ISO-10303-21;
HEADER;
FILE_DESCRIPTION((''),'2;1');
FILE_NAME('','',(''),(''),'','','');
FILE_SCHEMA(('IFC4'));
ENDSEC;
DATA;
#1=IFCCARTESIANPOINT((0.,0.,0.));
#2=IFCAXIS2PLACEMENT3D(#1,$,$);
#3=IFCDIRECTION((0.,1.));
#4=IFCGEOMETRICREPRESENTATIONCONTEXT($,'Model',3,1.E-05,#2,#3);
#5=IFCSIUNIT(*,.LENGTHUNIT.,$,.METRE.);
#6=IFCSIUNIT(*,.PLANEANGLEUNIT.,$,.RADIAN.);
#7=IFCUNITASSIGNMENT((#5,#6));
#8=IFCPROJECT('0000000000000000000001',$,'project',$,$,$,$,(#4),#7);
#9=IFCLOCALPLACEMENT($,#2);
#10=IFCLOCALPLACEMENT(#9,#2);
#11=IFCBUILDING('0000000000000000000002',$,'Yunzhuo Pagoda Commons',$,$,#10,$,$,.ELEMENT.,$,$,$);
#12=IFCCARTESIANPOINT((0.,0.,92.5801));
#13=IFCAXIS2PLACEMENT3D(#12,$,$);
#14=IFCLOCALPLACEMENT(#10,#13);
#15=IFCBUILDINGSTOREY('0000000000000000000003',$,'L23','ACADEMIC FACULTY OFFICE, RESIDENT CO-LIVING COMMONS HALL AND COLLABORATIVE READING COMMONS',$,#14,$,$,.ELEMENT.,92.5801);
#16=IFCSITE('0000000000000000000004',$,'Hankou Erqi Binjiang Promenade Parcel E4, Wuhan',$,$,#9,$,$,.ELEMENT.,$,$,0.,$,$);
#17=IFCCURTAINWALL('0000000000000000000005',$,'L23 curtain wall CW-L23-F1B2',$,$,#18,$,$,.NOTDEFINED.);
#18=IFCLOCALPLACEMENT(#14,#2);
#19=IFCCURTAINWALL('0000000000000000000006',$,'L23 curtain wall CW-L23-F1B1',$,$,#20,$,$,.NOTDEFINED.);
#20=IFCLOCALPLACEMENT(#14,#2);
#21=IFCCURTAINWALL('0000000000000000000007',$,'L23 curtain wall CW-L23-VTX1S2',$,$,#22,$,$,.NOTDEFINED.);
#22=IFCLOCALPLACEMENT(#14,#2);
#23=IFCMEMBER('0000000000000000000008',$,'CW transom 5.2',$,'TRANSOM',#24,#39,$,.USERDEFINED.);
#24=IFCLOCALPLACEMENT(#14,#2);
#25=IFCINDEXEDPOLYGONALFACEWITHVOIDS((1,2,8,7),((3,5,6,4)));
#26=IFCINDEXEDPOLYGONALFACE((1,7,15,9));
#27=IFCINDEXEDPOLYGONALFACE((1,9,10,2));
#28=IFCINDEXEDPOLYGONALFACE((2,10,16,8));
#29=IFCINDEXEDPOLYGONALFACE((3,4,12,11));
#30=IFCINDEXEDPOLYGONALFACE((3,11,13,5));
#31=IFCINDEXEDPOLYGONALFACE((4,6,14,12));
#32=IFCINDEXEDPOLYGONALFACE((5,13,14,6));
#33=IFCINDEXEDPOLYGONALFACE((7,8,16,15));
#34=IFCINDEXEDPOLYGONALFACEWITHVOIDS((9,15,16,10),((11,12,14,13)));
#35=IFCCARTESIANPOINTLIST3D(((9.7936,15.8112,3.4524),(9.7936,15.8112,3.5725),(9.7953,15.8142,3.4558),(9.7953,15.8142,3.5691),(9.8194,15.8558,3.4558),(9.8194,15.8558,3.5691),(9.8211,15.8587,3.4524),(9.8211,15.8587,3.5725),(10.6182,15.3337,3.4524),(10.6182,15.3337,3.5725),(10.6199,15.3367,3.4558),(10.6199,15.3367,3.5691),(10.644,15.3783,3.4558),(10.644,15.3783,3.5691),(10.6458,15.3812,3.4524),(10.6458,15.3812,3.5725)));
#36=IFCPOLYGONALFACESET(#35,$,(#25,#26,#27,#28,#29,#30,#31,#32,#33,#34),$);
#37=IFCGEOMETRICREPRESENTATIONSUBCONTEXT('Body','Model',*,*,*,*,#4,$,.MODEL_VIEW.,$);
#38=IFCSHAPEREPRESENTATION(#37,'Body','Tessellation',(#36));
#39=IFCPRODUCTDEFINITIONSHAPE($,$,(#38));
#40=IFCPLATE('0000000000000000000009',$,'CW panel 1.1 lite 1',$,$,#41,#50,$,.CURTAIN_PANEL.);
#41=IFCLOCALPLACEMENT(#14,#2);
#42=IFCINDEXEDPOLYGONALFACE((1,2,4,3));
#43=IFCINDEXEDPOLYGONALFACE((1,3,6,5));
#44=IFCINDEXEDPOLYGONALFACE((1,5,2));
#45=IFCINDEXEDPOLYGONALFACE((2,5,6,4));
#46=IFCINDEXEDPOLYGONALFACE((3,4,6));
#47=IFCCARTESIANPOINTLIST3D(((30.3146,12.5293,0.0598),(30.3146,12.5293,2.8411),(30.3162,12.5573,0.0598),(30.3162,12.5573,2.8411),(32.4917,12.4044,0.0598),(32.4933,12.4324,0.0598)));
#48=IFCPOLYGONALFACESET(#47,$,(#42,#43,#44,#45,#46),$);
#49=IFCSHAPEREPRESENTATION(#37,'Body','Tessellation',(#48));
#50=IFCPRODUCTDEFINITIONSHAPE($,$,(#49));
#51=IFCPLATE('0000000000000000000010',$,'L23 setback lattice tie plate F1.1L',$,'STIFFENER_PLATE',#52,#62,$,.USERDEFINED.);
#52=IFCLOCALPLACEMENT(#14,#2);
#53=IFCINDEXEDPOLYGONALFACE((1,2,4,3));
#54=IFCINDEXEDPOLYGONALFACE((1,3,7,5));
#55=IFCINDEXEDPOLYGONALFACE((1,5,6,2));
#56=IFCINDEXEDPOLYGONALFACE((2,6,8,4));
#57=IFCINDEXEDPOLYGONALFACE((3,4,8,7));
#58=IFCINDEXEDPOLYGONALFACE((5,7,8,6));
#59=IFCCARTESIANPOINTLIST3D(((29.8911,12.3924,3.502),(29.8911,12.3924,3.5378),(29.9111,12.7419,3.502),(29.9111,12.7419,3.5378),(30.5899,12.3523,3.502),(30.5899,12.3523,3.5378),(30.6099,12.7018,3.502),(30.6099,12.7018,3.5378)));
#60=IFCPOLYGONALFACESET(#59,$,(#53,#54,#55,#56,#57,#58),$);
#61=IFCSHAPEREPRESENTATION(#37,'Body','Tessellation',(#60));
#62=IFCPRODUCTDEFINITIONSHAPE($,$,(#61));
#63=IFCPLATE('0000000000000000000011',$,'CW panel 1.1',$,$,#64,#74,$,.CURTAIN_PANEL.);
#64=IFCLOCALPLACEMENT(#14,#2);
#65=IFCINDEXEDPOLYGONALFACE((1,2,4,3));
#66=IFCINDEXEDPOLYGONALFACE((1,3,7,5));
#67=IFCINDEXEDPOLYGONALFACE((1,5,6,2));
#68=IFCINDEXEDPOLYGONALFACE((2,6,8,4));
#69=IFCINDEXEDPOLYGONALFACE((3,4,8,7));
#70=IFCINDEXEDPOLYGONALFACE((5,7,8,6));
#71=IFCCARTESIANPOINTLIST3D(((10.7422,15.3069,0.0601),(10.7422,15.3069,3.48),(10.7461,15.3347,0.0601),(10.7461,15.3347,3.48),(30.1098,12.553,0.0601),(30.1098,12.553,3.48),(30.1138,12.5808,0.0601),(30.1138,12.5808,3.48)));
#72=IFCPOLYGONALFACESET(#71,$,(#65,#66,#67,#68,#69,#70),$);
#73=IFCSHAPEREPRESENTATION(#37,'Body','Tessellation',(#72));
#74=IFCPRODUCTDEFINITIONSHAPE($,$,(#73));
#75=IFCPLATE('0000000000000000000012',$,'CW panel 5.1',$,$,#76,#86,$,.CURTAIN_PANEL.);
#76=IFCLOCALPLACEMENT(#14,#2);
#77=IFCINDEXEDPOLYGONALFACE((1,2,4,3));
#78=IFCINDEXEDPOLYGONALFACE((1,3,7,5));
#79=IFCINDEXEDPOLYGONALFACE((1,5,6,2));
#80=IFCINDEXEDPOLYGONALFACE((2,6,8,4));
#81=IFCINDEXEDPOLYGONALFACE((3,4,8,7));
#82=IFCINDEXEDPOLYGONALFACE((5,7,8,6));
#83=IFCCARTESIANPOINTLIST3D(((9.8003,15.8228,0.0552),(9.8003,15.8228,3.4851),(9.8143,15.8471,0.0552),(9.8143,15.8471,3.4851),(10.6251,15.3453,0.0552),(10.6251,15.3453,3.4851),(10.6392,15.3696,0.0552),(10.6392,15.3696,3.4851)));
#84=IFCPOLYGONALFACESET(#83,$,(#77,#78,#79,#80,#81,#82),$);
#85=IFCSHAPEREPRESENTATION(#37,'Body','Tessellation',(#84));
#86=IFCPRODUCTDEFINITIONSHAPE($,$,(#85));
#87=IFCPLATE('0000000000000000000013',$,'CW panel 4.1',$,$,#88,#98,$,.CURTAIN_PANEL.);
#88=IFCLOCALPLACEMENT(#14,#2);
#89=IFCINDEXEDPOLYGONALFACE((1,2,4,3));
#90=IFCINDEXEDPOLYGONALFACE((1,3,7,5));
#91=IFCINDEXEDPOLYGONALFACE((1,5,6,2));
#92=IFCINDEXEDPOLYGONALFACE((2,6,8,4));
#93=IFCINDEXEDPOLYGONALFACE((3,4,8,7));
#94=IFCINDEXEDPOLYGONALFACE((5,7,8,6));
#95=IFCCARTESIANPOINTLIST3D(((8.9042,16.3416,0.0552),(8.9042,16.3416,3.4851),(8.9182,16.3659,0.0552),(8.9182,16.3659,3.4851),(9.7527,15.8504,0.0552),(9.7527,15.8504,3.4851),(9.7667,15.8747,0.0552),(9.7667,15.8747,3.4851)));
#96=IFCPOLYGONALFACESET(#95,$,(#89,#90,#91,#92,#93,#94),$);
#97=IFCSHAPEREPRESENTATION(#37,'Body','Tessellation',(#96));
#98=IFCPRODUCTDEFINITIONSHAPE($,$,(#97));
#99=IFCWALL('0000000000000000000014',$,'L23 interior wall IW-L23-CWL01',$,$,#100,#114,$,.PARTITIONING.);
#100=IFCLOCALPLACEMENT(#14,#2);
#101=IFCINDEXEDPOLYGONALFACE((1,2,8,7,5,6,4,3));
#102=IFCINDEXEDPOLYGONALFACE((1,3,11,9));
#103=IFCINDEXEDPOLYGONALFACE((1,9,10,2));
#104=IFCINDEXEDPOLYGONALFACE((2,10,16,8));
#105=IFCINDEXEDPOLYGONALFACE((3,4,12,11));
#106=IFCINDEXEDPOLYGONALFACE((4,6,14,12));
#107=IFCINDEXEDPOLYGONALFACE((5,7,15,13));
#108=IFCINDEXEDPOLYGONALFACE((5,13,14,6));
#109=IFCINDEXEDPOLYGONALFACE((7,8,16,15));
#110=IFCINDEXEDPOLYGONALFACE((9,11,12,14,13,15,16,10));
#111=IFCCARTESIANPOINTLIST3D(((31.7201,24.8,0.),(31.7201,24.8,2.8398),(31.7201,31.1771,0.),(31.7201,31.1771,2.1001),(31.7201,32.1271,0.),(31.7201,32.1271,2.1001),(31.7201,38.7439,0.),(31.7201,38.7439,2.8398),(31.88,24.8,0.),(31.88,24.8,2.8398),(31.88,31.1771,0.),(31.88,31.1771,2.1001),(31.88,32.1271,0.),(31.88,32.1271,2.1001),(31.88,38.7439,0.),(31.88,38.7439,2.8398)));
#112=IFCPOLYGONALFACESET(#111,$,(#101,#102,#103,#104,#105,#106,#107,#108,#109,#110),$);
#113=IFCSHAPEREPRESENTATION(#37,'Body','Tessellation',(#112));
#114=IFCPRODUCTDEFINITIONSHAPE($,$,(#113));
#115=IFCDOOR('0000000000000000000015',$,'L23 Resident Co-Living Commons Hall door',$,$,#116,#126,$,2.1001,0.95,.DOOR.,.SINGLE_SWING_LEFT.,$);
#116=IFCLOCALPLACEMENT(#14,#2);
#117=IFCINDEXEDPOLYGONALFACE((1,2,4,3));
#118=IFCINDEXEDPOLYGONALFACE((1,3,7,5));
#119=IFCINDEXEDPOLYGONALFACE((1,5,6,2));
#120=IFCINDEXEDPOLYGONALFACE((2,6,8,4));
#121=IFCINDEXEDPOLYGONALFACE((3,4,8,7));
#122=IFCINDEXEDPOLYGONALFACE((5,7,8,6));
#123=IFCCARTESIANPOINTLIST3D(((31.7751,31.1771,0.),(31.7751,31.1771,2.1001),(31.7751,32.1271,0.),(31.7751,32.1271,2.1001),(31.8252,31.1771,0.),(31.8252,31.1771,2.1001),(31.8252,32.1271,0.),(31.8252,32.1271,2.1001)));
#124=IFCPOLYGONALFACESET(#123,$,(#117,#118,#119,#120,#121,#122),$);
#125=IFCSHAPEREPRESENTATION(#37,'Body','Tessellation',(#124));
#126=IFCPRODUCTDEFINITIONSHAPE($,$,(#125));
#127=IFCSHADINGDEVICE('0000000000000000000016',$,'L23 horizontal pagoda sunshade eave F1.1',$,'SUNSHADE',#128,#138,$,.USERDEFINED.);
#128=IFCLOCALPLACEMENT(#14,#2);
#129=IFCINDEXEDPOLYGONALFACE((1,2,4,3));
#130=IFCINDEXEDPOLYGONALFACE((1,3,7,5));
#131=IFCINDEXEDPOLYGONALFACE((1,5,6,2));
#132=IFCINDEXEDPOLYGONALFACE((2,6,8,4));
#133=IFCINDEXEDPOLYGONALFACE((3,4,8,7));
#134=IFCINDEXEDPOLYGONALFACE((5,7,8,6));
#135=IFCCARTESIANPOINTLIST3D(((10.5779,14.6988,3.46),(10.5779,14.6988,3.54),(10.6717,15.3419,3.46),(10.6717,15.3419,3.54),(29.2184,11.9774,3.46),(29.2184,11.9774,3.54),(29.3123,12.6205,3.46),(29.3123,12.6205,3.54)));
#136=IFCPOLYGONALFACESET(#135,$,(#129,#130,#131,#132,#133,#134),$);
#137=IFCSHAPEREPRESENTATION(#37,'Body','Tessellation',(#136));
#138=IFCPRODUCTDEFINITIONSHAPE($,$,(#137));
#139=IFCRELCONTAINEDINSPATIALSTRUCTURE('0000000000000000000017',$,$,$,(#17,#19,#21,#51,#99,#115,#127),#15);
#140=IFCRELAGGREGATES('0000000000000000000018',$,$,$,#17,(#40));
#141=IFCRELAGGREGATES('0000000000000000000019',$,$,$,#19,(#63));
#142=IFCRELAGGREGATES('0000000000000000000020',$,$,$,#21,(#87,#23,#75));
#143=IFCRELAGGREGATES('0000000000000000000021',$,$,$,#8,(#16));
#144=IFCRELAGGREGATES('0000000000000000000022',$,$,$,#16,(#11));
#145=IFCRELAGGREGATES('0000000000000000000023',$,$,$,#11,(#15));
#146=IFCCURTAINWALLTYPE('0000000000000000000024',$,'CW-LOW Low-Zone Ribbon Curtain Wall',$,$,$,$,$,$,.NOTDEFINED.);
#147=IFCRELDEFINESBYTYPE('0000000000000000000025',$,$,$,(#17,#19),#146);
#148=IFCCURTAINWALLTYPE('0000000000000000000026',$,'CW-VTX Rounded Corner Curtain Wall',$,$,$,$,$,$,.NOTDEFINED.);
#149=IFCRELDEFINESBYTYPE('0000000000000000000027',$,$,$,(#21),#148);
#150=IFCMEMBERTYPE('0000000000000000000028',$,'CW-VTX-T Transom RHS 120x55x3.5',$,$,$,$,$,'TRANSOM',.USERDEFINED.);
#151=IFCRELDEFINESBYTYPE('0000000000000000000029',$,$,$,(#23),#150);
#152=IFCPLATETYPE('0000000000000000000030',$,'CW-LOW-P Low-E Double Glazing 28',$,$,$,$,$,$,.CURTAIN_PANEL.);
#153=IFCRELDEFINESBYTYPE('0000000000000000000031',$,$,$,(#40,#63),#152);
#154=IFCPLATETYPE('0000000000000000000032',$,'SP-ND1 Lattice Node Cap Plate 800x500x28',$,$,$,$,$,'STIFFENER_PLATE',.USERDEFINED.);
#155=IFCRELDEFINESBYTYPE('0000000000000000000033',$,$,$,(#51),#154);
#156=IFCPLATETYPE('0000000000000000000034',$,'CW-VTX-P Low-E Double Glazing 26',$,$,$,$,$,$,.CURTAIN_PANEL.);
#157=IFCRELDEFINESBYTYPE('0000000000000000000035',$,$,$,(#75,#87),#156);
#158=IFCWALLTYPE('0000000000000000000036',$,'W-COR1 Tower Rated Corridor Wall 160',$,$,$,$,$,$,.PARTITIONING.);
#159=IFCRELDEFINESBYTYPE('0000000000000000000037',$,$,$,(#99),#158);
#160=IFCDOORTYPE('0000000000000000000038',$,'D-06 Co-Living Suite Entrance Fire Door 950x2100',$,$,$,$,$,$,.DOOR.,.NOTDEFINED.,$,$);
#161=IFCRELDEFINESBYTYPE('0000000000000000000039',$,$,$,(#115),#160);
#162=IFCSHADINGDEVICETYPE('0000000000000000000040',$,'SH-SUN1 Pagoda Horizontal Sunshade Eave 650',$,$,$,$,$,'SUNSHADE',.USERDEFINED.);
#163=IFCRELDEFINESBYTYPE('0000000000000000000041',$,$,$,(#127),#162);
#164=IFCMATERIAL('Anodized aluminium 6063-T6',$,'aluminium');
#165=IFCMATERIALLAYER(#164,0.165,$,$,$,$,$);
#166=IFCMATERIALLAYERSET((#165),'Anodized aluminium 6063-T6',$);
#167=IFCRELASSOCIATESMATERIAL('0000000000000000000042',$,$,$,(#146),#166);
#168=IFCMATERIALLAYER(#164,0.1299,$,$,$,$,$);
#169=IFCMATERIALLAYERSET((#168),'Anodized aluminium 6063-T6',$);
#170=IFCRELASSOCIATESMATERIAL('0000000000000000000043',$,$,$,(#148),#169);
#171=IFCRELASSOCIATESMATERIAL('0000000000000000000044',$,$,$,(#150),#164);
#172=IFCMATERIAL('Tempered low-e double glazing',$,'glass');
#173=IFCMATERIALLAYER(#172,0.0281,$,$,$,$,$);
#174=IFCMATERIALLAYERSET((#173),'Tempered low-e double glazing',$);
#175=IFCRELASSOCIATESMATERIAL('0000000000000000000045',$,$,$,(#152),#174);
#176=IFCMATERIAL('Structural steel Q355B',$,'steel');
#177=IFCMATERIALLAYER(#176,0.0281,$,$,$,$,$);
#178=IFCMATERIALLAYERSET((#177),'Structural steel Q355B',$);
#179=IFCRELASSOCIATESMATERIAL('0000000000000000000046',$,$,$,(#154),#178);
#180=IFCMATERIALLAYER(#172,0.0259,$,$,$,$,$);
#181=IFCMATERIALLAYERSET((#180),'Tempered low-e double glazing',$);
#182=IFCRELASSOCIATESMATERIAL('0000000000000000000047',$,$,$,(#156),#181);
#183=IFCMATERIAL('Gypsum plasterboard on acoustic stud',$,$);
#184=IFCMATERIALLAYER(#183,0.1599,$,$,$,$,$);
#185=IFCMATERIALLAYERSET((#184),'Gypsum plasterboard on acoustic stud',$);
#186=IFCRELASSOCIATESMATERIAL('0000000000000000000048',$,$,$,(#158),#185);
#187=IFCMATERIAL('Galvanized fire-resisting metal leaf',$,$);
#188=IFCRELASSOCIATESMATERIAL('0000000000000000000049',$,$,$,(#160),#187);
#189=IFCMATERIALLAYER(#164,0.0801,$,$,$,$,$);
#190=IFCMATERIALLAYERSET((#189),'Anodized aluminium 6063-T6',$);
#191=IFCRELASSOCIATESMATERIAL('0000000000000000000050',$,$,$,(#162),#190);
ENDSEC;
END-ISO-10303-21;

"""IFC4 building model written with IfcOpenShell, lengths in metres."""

from ifc_helpers import new_model, si_unit, direction, frame, frame_2d, origin, origin_with_axes, origin_2d, place, context, subcontext, project, spatial, polyline, rectangle, hollow_rectangle, outline, extrude, source, transform, mapped, material, layer, layer_set, material_profile, profile_set, type_object, element, fill, aggregate, save


model = new_model("IFC4")

# Units and contexts
model_context = context("Model", 3, precision=1e-05, world=origin(), true_north=direction((0.0, 1.0)))
body_context = subcontext(model_context, "Body", "Model", "MODEL_VIEW")
ifc_project = project(units=[si_unit("LENGTHUNIT", "METRE"), si_unit("PLANEANGLEUNIT", "RADIAN")], contexts=[model_context])

# Site, building, storey
site_placement = place(None, origin())
site = spatial("IfcSite", under=ifc_project, at=site_placement, Name="Hankou Erqi Binjiang Promenade Parcel E4, Wuhan", CompositionType="ELEMENT", RefElevation=0.0)
building_placement = place(site_placement, origin())
building = spatial("IfcBuilding", under=site, at=building_placement, Name="Yunzhuo Pagoda Commons", CompositionType="ELEMENT")
storey_placement = place(building_placement, frame((0.0, 0.0, 92.5801)))
storey = spatial("IfcBuildingStorey", under=building, at=storey_placement, Name="L23", Description="ACADEMIC FACULTY OFFICE, RESIDENT CO-LIVING COMMONS HALL AND COLLABORATIVE READING COMMONS", CompositionType="ELEMENT", Elevation=92.5801)

# Shared definitions
ifc_material_1 = material(Name="Structural steel Q355B", Category="steel")

# Curtain wall
ifc_material_2 = material(Name="Anodized aluminium 6063-T6", Category="aluminium")
ifc_layer_1 = layer(ifc_material_2, 0.165)
ifc_layer_set_1 = layer_set([ifc_layer_1], Name="Anodized aluminium 6063-T6")
curtain_wall_type_1 = type_object("IfcCurtainWallType", Name="CW-LOW Low-Zone Ribbon Curtain Wall", PredefinedType="NOTDEFINED", material=ifc_layer_set_1)
curtain_wall_1_placement = place(storey_placement, origin())
curtain_wall_1 = element("IfcCurtainWall", 1, at=curtain_wall_1_placement, inside=storey, type_object=curtain_wall_type_1, Name="L23 curtain wall CW-L23-F1B2", PredefinedType="NOTDEFINED")

# Curtain wall
curtain_wall_2_placement = place(storey_placement, origin())
curtain_wall_2 = element("IfcCurtainWall", 2, at=curtain_wall_2_placement, inside=storey, type_object=curtain_wall_type_1, Name="L23 curtain wall CW-L23-F1B1", PredefinedType="NOTDEFINED")

# Curtain wall, member
ifc_layer_2 = layer(ifc_material_2, 0.1299)
ifc_layer_set_2 = layer_set([ifc_layer_2], Name="Anodized aluminium 6063-T6")
curtain_wall_type_2 = type_object("IfcCurtainWallType", Name="CW-VTX Rounded Corner Curtain Wall", PredefinedType="NOTDEFINED", material=ifc_layer_set_2)
curtain_wall_3_placement = place(storey_placement, origin())
curtain_wall_3 = element("IfcCurtainWall", 3, at=curtain_wall_3_placement, inside=storey, type_object=curtain_wall_type_2, Name="L23 curtain wall CW-L23-VTX1S2", PredefinedType="NOTDEFINED")
ifc_material_profile_1 = material_profile(ifc_material_2, hollow_rectangle(XDim=0.0549, YDim=0.1201, WallThickness=0.0034, at=origin_2d()), Name="Anodized aluminium 6063-T6")
ifc_profile_set_1 = profile_set([ifc_material_profile_1], Name="Anodized aluminium 6063-T6")
member_type_1 = type_object("IfcMemberType", Name="CW-VTX-T Transom RHS 120x55x3.5", ElementType="TRANSOM", PredefinedType="USERDEFINED", material=ifc_profile_set_1)
shared_shape_1 = source(origin(), body_context, "Body", "SweptSolid", [
    extrude(hollow_rectangle(XDim=0.0549, YDim=0.1201, WallThickness=0.0034, at=origin_2d()), origin(), (0.0, 0.0, 1.0), 0.9529),
])
member_1_placement = place(storey_placement, frame((9.8074, 15.835, 3.5125), z_axis=(0.865391, -0.501097, 0.0), x_axis=(0.501097, 0.865391, 0.0)))
member_1 = element("IfcMember", 4, at=member_1_placement, type_object=member_type_1, Name="CW transom 5.2", ObjectType="TRANSOM", PredefinedType="USERDEFINED", context=body_context, shape_type="MappedRepresentation", body=[
    mapped(shared_shape_1, transform((0.0, 0.0, 0.0), scale=1.0)),
])

# Plates
ifc_material_3 = material(Name="Tempered low-e double glazing", Category="glass")
ifc_layer_3 = layer(ifc_material_3, 0.0281)
ifc_layer_set_3 = layer_set([ifc_layer_3], Name="Tempered low-e double glazing")
plate_type_1 = type_object("IfcPlateType", Name="CW-LOW-P Low-E Double Glazing 28", PredefinedType="CURTAIN_PANEL", material=ifc_layer_set_3)
plate_1_placement = place(storey_placement, frame((31.4048, 12.4949, 1.4504), z_axis=(-0.057299, -0.998357, 0.0), x_axis=(0.998357, -0.057299, 0.0)))
plate_1 = element("IfcPlate", 5, at=plate_1_placement, type_object=plate_type_1, Name="CW panel 1.1 lite 1", PredefinedType="CURTAIN_PANEL", context=body_context, shape_type="SweptSolid", body=[
    extrude(outline(polyline([(-1.0903, -1.3906), (1.0903, -1.3906), (-1.0903, 1.3906), (-1.0903, -1.3906)])), origin(), (0.0, 0.0, 1.0), 0.0281),
])
aggregate(curtain_wall_1, [plate_1])
ifc_layer_4 = layer(ifc_material_1, 0.0281)
ifc_layer_set_4 = layer_set([ifc_layer_4], Name="Structural steel Q355B")
plate_type_2 = type_object("IfcPlateType", Name="SP-ND1 Lattice Node Cap Plate 800x500x28", ElementType="STIFFENER_PLATE", PredefinedType="USERDEFINED", material=ifc_layer_set_4)
shared_shape_2 = source(origin(), body_context, "Body", "SweptSolid", [
    extrude(rectangle(XDim=0.7, YDim=0.3501, at=origin_2d()), origin(), (0.0, 0.0, 1.0), 0.0359),
])
plate_2_placement = place(storey_placement, frame((30.2505, 12.5471, 3.502), z_axis=(0.0, 0.0, 1.0), x_axis=(0.998357, -0.057303, 0.0)))
element("IfcPlate", 6, at=plate_2_placement, inside=storey, type_object=plate_type_2, Name="L23 setback lattice tie plate F1.1L", ObjectType="STIFFENER_PLATE", PredefinedType="USERDEFINED", context=body_context, shape_type="MappedRepresentation", body=[
    mapped(shared_shape_2, transform((0.0, 0.0, 0.0), scale=1.0)),
])
shared_shape_3 = source(origin(), body_context, "Body", "SweptSolid", [
    extrude(rectangle(XDim=19.5625, YDim=0.0281, at=origin_2d()), origin(), (0.0, 0.0, 1.0), 3.4199),
])
plate_3_placement = place(storey_placement, frame((20.428, 13.9438, 0.0601), z_axis=(0.0, 0.0, 1.0), x_axis=(0.990042, -0.140774, 0.0)))
plate_3 = element("IfcPlate", 7, at=plate_3_placement, type_object=plate_type_1, Name="CW panel 1.1", PredefinedType="CURTAIN_PANEL", context=body_context, shape_type="MappedRepresentation", body=[
    mapped(shared_shape_3, transform((0.0, 0.0, 0.0), scale=1.0)),
])
aggregate(curtain_wall_2, [plate_3])
ifc_layer_5 = layer(ifc_material_3, 0.0259)
ifc_layer_set_5 = layer_set([ifc_layer_5], Name="Tempered low-e double glazing")
plate_type_3 = type_object("IfcPlateType", Name="CW-VTX-P Low-E Double Glazing 26", PredefinedType="CURTAIN_PANEL", material=ifc_layer_set_5)
shared_shape_4 = source(origin(), body_context, "Body", "SweptSolid", [
    extrude(rectangle(XDim=0.9531, YDim=0.0281, at=origin_2d()), origin(), (0.0, 0.0, 1.0), 3.4299),
])
plate_4_placement = place(storey_placement, frame((10.2197, 15.5962, 0.0552), z_axis=(0.0, 0.0, 1.0), x_axis=(0.865427, -0.501036, 0.0)))
plate_4 = element("IfcPlate", 8, at=plate_4_placement, type_object=plate_type_3, Name="CW panel 5.1", PredefinedType="CURTAIN_PANEL", context=body_context, shape_type="MappedRepresentation", body=[
    mapped(shared_shape_4, transform((0.0, 0.0, 0.0), scale=1.0)),
])
shared_shape_5 = source(origin(), body_context, "Body", "SweptSolid", [
    extrude(rectangle(XDim=0.9805, YDim=0.0281, at=origin_2d()), origin(), (0.0, 0.0, 1.0), 3.4299),
])
plate_5_placement = place(storey_placement, frame((9.3354, 16.1082, 0.0552), z_axis=(0.0, 0.0, 1.0), x_axis=(0.865427, -0.501036, 0.0)))
plate_5 = element("IfcPlate", 9, at=plate_5_placement, type_object=plate_type_3, Name="CW panel 4.1", PredefinedType="CURTAIN_PANEL", context=body_context, shape_type="MappedRepresentation", body=[
    mapped(shared_shape_5, transform((0.0, 0.0, 0.0), scale=1.0)),
])
aggregate(curtain_wall_3, [plate_5, member_1, plate_4])

# Wall, opening, door
ifc_material_4 = material(Name="Gypsum plasterboard on acoustic stud")
ifc_layer_6 = layer(ifc_material_4, 0.1599)
ifc_layer_set_6 = layer_set([ifc_layer_6], Name="Gypsum plasterboard on acoustic stud")
wall_type = type_object("IfcWallType", Name="W-COR1 Tower Rated Corridor Wall 160", PredefinedType="PARTITIONING", material=ifc_layer_set_6)
wall_placement = place(storey_placement, frame((31.8, 24.8, 0.0), z_axis=(0.0, 0.0, 1.0), x_axis=(0.0, 1.0, 0.0)))
wall = element("IfcWall", 10, at=wall_placement, inside=storey, type_object=wall_type, Name="L23 interior wall IW-L23-CWL01", PredefinedType="PARTITIONING", context=body_context, shape_type="SweptSolid", body=[
    extrude(rectangle(XDim=13.9438, YDim=0.1599, at=frame_2d((6.9719, 0.0))), origin(), (0.0, 0.0, 1.0), 2.8398),
])
opening_placement = place(wall_placement, frame((6.377, 0.0, 0.0)))
opening = element("IfcOpeningElement", 11, at=opening_placement, cuts=wall, PredefinedType="OPENING", context=body_context, shape_type="SweptSolid", body=[
    extrude(rectangle(XDim=0.95, YDim=2.1001, at=frame_2d((0.4751, 1.05))), frame((0.0, 0.0898, 0.0), z_axis=(0.0, -1.0, 0.0), x_axis=(1.0, 0.0, 0.0)), (0.0, 0.0, 1.0), 0.1799),
])
ifc_material_5 = material(Name="Galvanized fire-resisting metal leaf")
door_type = type_object("IfcDoorType", Name="D-06 Co-Living Suite Entrance Fire Door 950x2100", OperationType="NOTDEFINED", PredefinedType="DOOR", material=ifc_material_5)
shared_shape_6 = source(origin(), body_context, "Body", "SweptSolid", [
    extrude(rectangle(XDim=0.95, YDim=2.1001, at=frame_2d((0.4751, 1.05))), frame((0.0, 0.0249, 0.0), z_axis=(0.0, -1.0, 0.0), x_axis=(1.0, 0.0, 0.0)), (0.0, 0.0, 1.0), 0.05),
])
door_placement = place(opening_placement, origin_with_axes())
door = element("IfcDoor", 12, at=door_placement, inside=storey, type_object=door_type, Name="L23 Resident Co-Living Commons Hall door", OperationType="SINGLE_SWING_LEFT", OverallHeight=2.1001, OverallWidth=0.95, PredefinedType="DOOR", context=body_context, shape_type="MappedRepresentation", body=[
    mapped(shared_shape_6, transform((0.0, 0.0, 0.0), scale=1.0)),
])
fill(opening, door)

# Shading device
ifc_layer_7 = layer(ifc_material_2, 0.0801)
ifc_layer_set_7 = layer_set([ifc_layer_7], Name="Anodized aluminium 6063-T6")
shading_device_type = type_object("IfcShadingDeviceType", Name="SH-SUN1 Pagoda Horizontal Sunshade Eave 650", ElementType="SUNSHADE", PredefinedType="USERDEFINED", material=ifc_layer_set_7)
shared_shape_7 = source(origin(), body_context, "Body", "SweptSolid", [
    extrude(rectangle(XDim=18.8381, YDim=0.6499, at=origin_2d()), origin(), (0.0, 0.0, 1.0), 0.0801),
])
shading_device_placement = place(storey_placement, frame((19.9451, 13.6597, 3.46), z_axis=(0.0, 0.0, 1.0), x_axis=(0.989511, -0.14446, 0.0)))
element("IfcShadingDevice", 13, at=shading_device_placement, inside=storey, type_object=shading_device_type, Name="L23 horizontal pagoda sunshade eave F1.1", ObjectType="SUNSHADE", PredefinedType="USERDEFINED", context=body_context, shape_type="MappedRepresentation", body=[
    mapped(shared_shape_7, transform((0.0, 0.0, 0.0), scale=1.0)),
])

save(model, "model.ifc")
